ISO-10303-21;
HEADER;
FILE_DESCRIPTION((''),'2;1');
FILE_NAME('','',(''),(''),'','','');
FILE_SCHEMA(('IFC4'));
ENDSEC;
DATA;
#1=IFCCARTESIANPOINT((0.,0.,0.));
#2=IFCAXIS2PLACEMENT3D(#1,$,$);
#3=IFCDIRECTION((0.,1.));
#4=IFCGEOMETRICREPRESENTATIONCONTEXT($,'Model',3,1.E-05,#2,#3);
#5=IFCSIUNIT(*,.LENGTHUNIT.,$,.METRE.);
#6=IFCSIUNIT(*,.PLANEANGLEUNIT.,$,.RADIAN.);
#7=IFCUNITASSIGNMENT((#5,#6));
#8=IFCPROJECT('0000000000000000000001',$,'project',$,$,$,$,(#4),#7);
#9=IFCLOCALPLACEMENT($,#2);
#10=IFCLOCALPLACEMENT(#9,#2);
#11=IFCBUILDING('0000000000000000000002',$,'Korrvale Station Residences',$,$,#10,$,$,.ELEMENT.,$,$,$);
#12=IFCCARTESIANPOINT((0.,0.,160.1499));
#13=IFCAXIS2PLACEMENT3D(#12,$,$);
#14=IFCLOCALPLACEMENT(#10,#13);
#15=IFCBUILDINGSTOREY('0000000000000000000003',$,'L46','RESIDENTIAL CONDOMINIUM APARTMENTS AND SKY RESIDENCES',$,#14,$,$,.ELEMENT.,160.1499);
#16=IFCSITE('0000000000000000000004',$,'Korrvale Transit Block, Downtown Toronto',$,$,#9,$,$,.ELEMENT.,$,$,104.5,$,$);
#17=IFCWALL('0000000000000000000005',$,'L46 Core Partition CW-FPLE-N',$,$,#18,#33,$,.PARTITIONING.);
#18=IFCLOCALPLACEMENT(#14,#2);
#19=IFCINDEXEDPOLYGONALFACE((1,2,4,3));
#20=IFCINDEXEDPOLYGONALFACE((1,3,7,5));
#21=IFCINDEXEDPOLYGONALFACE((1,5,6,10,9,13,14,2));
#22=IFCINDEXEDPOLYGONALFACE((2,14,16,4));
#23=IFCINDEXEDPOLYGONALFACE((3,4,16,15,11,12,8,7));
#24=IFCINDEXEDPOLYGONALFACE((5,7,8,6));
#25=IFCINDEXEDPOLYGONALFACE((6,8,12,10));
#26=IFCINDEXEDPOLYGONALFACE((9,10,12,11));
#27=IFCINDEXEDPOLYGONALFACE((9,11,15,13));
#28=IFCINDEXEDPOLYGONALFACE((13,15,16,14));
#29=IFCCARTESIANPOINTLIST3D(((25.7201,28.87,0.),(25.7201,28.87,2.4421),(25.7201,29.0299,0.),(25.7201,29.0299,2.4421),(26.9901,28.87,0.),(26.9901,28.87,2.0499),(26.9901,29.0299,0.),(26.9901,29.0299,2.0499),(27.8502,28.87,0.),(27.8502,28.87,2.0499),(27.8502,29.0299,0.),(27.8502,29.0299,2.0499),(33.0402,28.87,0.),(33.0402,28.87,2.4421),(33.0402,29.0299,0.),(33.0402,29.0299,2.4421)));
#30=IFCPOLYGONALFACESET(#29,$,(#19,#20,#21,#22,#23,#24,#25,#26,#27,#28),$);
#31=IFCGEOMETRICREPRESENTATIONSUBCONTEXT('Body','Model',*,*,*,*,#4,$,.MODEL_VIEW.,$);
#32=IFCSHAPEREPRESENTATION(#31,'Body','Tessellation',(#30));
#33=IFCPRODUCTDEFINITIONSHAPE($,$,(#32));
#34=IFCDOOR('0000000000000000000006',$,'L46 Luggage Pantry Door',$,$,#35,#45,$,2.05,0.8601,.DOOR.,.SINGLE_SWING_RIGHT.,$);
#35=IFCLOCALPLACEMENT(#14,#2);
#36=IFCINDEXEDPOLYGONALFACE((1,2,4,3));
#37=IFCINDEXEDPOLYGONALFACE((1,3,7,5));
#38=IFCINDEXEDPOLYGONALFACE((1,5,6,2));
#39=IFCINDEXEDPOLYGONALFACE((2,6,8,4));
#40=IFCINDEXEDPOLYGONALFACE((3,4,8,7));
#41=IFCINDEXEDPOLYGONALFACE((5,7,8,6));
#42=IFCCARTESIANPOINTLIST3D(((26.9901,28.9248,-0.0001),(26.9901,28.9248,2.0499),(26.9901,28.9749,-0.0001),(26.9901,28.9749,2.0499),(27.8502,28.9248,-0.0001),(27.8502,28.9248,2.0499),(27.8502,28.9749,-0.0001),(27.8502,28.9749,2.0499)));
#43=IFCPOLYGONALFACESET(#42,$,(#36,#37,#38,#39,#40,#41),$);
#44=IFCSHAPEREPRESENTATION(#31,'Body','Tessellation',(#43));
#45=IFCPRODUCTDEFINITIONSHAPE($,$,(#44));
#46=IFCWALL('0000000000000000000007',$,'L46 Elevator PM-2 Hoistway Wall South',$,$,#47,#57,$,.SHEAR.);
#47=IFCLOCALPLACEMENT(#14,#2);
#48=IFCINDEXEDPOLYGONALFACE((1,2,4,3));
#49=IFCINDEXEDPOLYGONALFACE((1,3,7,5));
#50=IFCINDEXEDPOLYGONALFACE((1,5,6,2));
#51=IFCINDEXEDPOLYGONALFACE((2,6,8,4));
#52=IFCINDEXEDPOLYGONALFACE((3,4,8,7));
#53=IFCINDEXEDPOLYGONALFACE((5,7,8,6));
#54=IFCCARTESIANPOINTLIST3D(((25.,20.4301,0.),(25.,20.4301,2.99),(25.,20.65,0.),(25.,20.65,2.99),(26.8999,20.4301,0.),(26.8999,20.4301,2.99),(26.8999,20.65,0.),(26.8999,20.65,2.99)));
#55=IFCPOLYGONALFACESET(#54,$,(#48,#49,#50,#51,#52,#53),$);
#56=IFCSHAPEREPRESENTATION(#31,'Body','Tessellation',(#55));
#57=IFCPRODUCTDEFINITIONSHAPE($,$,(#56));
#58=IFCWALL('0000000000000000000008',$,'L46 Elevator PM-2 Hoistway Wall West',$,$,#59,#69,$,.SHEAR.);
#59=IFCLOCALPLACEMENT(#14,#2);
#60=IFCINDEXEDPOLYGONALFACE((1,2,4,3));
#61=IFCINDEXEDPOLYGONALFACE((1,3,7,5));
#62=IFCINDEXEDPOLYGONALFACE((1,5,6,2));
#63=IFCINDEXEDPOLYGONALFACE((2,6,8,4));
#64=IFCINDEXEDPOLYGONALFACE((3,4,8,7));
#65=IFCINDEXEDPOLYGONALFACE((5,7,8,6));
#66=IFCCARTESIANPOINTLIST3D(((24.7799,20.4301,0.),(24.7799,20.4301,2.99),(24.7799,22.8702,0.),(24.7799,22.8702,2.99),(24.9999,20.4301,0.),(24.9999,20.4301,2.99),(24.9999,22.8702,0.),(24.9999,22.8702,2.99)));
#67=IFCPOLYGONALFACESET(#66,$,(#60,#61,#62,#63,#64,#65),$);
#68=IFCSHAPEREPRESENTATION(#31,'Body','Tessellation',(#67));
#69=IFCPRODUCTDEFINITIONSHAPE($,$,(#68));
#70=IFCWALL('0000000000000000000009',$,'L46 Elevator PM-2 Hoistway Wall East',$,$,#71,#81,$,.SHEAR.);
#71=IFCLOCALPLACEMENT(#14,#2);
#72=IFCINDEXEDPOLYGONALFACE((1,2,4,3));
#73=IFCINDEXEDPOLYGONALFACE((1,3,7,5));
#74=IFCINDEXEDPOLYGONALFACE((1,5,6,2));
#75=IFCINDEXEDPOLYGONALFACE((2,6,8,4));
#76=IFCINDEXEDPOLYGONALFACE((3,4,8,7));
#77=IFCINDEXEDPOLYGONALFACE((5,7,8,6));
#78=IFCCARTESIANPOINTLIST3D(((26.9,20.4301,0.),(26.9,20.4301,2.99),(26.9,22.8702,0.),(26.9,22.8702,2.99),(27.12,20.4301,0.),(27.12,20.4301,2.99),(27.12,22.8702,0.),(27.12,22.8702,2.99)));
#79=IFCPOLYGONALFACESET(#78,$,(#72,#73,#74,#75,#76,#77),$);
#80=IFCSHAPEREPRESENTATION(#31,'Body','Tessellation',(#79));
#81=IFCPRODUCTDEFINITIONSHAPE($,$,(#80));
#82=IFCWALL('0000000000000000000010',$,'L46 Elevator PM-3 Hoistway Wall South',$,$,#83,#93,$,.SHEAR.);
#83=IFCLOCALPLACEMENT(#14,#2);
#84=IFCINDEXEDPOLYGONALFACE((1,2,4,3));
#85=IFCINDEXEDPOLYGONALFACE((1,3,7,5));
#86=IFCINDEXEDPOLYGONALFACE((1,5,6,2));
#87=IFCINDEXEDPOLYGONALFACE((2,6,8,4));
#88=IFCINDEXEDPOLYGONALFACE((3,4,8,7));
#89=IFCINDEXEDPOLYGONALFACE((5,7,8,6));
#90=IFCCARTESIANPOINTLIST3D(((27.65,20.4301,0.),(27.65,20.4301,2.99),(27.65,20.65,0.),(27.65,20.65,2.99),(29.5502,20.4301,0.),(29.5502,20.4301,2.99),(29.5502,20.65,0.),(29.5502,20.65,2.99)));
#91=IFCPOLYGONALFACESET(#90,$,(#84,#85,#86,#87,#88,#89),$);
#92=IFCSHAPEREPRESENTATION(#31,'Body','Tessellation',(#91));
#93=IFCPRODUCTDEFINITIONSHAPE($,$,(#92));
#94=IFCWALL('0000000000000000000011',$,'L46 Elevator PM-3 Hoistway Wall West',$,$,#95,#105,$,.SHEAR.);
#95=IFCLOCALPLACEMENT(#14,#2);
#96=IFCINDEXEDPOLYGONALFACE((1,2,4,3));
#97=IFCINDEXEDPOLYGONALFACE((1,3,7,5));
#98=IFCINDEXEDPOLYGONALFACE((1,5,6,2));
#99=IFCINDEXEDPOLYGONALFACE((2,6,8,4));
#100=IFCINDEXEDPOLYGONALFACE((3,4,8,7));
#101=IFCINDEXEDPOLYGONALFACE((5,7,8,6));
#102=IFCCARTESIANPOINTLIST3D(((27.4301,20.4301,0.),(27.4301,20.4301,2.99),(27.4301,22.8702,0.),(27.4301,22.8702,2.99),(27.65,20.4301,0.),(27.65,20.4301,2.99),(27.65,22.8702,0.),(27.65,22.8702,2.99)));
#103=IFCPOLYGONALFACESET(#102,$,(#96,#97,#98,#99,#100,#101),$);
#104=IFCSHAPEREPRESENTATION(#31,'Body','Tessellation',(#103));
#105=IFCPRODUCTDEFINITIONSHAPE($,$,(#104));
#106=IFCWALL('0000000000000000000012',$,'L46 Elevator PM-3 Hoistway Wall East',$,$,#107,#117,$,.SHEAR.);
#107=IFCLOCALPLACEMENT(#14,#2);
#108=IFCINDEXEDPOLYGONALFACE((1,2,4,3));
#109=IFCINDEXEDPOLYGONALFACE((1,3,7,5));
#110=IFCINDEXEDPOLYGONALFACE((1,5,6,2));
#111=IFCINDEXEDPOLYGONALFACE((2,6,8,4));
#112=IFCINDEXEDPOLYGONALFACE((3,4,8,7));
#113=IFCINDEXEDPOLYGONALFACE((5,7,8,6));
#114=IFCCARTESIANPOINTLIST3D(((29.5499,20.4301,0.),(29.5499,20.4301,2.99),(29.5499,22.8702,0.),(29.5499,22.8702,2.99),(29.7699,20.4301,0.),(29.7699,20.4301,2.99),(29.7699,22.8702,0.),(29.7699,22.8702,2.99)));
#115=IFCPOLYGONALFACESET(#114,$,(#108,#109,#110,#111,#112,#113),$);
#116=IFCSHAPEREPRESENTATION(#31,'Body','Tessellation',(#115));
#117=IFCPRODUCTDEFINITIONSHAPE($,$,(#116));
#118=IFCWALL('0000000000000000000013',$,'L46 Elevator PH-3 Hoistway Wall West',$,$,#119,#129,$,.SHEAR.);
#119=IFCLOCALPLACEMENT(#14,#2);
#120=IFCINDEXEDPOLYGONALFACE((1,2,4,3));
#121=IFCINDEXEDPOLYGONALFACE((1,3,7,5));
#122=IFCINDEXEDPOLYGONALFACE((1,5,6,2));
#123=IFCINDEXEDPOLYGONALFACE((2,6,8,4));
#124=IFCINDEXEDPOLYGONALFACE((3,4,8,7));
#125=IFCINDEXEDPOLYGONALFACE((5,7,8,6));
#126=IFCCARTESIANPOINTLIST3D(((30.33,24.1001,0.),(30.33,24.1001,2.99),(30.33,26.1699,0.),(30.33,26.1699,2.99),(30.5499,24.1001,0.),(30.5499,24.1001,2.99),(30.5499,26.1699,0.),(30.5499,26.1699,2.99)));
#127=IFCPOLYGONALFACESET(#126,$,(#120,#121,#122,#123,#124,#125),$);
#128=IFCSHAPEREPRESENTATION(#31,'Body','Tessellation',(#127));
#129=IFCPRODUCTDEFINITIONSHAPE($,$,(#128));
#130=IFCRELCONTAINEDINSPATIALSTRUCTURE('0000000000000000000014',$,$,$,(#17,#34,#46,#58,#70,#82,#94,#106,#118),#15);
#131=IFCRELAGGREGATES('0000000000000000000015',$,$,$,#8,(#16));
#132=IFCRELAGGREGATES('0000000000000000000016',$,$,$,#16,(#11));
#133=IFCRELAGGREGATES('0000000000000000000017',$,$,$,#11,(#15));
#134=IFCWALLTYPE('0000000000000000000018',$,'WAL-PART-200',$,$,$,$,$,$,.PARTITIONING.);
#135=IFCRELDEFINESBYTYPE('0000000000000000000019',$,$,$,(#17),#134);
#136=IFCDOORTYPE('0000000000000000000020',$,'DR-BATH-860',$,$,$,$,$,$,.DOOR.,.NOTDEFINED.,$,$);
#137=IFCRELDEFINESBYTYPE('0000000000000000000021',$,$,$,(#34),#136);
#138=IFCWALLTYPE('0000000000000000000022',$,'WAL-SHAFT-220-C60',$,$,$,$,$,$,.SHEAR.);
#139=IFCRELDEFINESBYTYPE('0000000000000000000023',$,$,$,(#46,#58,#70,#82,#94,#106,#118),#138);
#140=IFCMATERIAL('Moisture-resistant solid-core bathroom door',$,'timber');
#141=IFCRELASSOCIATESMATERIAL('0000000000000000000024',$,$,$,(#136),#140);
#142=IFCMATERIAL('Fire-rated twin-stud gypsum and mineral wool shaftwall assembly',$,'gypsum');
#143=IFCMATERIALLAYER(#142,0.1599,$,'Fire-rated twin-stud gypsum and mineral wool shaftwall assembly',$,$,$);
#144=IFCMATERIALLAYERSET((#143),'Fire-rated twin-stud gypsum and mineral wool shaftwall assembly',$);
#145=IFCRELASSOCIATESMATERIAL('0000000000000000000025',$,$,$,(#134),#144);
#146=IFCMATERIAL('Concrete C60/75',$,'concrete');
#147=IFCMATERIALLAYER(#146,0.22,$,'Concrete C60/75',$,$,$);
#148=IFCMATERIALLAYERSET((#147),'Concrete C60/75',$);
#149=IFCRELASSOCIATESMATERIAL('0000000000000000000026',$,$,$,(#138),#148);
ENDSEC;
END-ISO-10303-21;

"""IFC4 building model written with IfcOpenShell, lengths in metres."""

from ifc_helpers import new_model, si_unit, direction, frame, frame_2d, origin, place, context, subcontext, project, spatial, rectangle, extrude, material, layer, layer_set, type_object, element, fill, save


model = new_model("IFC4")

# Units and contexts
model_context = context("Model", 3, precision=1e-05, world=origin(), true_north=direction((0.0, 1.0)))
body_context = subcontext(model_context, "Body", "Model", "MODEL_VIEW")
ifc_project = project(units=[si_unit("LENGTHUNIT", "METRE"), si_unit("PLANEANGLEUNIT", "RADIAN")], contexts=[model_context])

# Site, building, storey
site_placement = place(None, origin())
site = spatial("IfcSite", under=ifc_project, at=site_placement, Name="Korrvale Transit Block, Downtown Toronto", CompositionType="ELEMENT", RefElevation=104.5)
building_placement = place(site_placement, origin())
building = spatial("IfcBuilding", under=site, at=building_placement, Name="Korrvale Station Residences", CompositionType="ELEMENT")
storey_placement = place(building_placement, frame((0.0, 0.0, 160.1499)))
storey = spatial("IfcBuildingStorey", under=building, at=storey_placement, Name="L46", Description="RESIDENTIAL CONDOMINIUM APARTMENTS AND SKY RESIDENCES", CompositionType="ELEMENT", Elevation=160.1499)

# Shared definitions
ifc_material_1 = material(Name="Concrete C60/75", Category="concrete")

# Shared definitions
ifc_material_2 = material(Name="Moisture-resistant solid-core bathroom door", Category="timber")
door_type_1 = type_object("IfcDoorType", Name="DR-BATH-860", OperationType="NOTDEFINED", PredefinedType="DOOR", material=ifc_material_2)

# Wall, opening, door
ifc_material_3 = material(Name="Fire-rated twin-stud gypsum and mineral wool shaftwall assembly", Category="gypsum")
ifc_layer_1 = layer(ifc_material_3, 0.1599, Name="Fire-rated twin-stud gypsum and mineral wool shaftwall assembly")
ifc_layer_set_1 = layer_set([ifc_layer_1], Name="Fire-rated twin-stud gypsum and mineral wool shaftwall assembly")
wall_type_1 = type_object("IfcWallType", Name="WAL-PART-200", PredefinedType="PARTITIONING", material=ifc_layer_set_1)
wall_1_placement = place(storey_placement, frame((25.72, 28.95, 0.0), z_axis=(0.0, 0.0, 1.0), x_axis=(1.0, 0.0, 0.0)))
wall_1 = element("IfcWall", 1, at=wall_1_placement, inside=storey, type_object=wall_type_1, Name="L46 Core Partition CW-FPLE-N", PredefinedType="PARTITIONING", context=body_context, shape_type="SweptSolid", body=[
    extrude(rectangle(XDim=7.3201, YDim=0.1599, at=frame_2d((3.6602, 0.0))), origin(), (0.0, 0.0, 1.0), 2.4421),
])
opening_1_placement = place(wall_1_placement, frame((1.27, 0.0, 0.0)))
opening_1 = element("IfcOpeningElement", 2, at=opening_1_placement, cuts=wall_1, PredefinedType="OPENING", context=body_context, shape_type="SweptSolid", body=[
    extrude(rectangle(XDim=0.8601, YDim=2.05, at=frame_2d((0.4302, 1.0249))), frame((0.0, 0.0898, 0.0), z_axis=(0.0, -1.0, 0.0), x_axis=(1.0, 0.0, 0.0)), (0.0, 0.0, 1.0), 0.1799),
])
door_1_placement = place(opening_1_placement, origin())
door_1 = element("IfcDoor", 3, at=door_1_placement, inside=storey, type_object=door_type_1, Name="L46 Luggage Pantry Door", OperationType="SINGLE_SWING_RIGHT", OverallHeight=2.05, OverallWidth=0.8601, PredefinedType="DOOR", context=body_context, shape_type="SweptSolid", body=[
    extrude(rectangle(XDim=0.8601, YDim=2.05, at=frame_2d((0.4302, 1.0249))), frame((0.0, 0.0249, 0.0), z_axis=(0.0, -1.0, 0.0), x_axis=(1.0, 0.0, 0.0)), (0.0, 0.0, 1.0), 0.05),
])
fill(opening_1, door_1)

# Wall
ifc_layer_2 = layer(ifc_material_1, 0.22, Name="Concrete C60/75")
ifc_layer_set_2 = layer_set([ifc_layer_2], Name="Concrete C60/75")
wall_type_2 = type_object("IfcWallType", Name="WAL-SHAFT-220-C60", PredefinedType="SHEAR", material=ifc_layer_set_2)
wall_2_placement = place(storey_placement, frame((25.0, 20.54, 0.0), z_axis=(0.0, 0.0, 1.0), x_axis=(1.0, 0.0, 0.0)))
element("IfcWall", 4, at=wall_2_placement, inside=storey, type_object=wall_type_2, Name="L46 Elevator PM-2 Hoistway Wall South", PredefinedType="SHEAR", context=body_context, shape_type="SweptSolid", body=[
    extrude(rectangle(XDim=1.8999, YDim=0.22, at=frame_2d((0.95, 0.0))), origin(), (0.0, 0.0, 1.0), 2.99),
])

# Walls
for number, where, z_axis, x_axis, name in (
    (5, (24.8899, 20.4299, 0.0), (0.0, 0.0, 1.0), (0.0, 1.0, 0.0), "L46 Elevator PM-2 Hoistway Wall West"),
    (6, (27.01, 20.4299, 0.0), (0.0, 0.0, 1.0), (0.0, 1.0, 0.0), "L46 Elevator PM-2 Hoistway Wall East"),
):
    element("IfcWall", number, at=place(storey_placement, frame(where, z_axis=z_axis, x_axis=x_axis)), inside=storey, type_object=wall_type_2, Name=name, PredefinedType="SHEAR", context=body_context, shape_type="SweptSolid", body=[
        extrude(rectangle(XDim=2.4402, YDim=0.22, at=frame_2d((1.2202, 0.0))), origin(), (0.0, 0.0, 1.0), 2.99),
    ])
wall_3_placement = place(storey_placement, frame((27.6499, 20.54, 0.0), z_axis=(0.0, 0.0, 1.0), x_axis=(1.0, 0.0, 0.0)))
element("IfcWall", 7, at=wall_3_placement, inside=storey, type_object=wall_type_2, Name="L46 Elevator PM-3 Hoistway Wall South", PredefinedType="SHEAR", context=body_context, shape_type="SweptSolid", body=[
    extrude(rectangle(XDim=1.9001, YDim=0.22, at=frame_2d((0.9502, 0.0))), origin(), (0.0, 0.0, 1.0), 2.99),
])

# Walls
for number, where, z_axis, x_axis, name in (
    (8, (27.54, 20.4299, 0.0), (0.0, 0.0, 1.0), (0.0, 1.0, 0.0), "L46 Elevator PM-3 Hoistway Wall West"),
    (9, (29.6599, 20.4299, 0.0), (0.0, 0.0, 1.0), (0.0, 1.0, 0.0), "L46 Elevator PM-3 Hoistway Wall East"),
):
    element("IfcWall", number, at=place(storey_placement, frame(where, z_axis=z_axis, x_axis=x_axis)), inside=storey, type_object=wall_type_2, Name=name, PredefinedType="SHEAR", context=body_context, shape_type="SweptSolid", body=[
        extrude(rectangle(XDim=2.4402, YDim=0.22, at=frame_2d((1.2202, 0.0))), origin(), (0.0, 0.0, 1.0), 2.99),
    ])
wall_4_placement = place(storey_placement, frame((30.4399, 24.1001, 0.0), z_axis=(0.0, 0.0, 1.0), x_axis=(0.0, 1.0, 0.0)))
element("IfcWall", 10, at=wall_4_placement, inside=storey, type_object=wall_type_2, Name="L46 Elevator PH-3 Hoistway Wall West", PredefinedType="SHEAR", context=body_context, shape_type="SweptSolid", body=[
    extrude(rectangle(XDim=2.0698, YDim=0.22, at=frame_2d((1.0349, 0.0))), origin(), (0.0, 0.0, 1.0), 2.99),
])

save(model, "model.ifc")
